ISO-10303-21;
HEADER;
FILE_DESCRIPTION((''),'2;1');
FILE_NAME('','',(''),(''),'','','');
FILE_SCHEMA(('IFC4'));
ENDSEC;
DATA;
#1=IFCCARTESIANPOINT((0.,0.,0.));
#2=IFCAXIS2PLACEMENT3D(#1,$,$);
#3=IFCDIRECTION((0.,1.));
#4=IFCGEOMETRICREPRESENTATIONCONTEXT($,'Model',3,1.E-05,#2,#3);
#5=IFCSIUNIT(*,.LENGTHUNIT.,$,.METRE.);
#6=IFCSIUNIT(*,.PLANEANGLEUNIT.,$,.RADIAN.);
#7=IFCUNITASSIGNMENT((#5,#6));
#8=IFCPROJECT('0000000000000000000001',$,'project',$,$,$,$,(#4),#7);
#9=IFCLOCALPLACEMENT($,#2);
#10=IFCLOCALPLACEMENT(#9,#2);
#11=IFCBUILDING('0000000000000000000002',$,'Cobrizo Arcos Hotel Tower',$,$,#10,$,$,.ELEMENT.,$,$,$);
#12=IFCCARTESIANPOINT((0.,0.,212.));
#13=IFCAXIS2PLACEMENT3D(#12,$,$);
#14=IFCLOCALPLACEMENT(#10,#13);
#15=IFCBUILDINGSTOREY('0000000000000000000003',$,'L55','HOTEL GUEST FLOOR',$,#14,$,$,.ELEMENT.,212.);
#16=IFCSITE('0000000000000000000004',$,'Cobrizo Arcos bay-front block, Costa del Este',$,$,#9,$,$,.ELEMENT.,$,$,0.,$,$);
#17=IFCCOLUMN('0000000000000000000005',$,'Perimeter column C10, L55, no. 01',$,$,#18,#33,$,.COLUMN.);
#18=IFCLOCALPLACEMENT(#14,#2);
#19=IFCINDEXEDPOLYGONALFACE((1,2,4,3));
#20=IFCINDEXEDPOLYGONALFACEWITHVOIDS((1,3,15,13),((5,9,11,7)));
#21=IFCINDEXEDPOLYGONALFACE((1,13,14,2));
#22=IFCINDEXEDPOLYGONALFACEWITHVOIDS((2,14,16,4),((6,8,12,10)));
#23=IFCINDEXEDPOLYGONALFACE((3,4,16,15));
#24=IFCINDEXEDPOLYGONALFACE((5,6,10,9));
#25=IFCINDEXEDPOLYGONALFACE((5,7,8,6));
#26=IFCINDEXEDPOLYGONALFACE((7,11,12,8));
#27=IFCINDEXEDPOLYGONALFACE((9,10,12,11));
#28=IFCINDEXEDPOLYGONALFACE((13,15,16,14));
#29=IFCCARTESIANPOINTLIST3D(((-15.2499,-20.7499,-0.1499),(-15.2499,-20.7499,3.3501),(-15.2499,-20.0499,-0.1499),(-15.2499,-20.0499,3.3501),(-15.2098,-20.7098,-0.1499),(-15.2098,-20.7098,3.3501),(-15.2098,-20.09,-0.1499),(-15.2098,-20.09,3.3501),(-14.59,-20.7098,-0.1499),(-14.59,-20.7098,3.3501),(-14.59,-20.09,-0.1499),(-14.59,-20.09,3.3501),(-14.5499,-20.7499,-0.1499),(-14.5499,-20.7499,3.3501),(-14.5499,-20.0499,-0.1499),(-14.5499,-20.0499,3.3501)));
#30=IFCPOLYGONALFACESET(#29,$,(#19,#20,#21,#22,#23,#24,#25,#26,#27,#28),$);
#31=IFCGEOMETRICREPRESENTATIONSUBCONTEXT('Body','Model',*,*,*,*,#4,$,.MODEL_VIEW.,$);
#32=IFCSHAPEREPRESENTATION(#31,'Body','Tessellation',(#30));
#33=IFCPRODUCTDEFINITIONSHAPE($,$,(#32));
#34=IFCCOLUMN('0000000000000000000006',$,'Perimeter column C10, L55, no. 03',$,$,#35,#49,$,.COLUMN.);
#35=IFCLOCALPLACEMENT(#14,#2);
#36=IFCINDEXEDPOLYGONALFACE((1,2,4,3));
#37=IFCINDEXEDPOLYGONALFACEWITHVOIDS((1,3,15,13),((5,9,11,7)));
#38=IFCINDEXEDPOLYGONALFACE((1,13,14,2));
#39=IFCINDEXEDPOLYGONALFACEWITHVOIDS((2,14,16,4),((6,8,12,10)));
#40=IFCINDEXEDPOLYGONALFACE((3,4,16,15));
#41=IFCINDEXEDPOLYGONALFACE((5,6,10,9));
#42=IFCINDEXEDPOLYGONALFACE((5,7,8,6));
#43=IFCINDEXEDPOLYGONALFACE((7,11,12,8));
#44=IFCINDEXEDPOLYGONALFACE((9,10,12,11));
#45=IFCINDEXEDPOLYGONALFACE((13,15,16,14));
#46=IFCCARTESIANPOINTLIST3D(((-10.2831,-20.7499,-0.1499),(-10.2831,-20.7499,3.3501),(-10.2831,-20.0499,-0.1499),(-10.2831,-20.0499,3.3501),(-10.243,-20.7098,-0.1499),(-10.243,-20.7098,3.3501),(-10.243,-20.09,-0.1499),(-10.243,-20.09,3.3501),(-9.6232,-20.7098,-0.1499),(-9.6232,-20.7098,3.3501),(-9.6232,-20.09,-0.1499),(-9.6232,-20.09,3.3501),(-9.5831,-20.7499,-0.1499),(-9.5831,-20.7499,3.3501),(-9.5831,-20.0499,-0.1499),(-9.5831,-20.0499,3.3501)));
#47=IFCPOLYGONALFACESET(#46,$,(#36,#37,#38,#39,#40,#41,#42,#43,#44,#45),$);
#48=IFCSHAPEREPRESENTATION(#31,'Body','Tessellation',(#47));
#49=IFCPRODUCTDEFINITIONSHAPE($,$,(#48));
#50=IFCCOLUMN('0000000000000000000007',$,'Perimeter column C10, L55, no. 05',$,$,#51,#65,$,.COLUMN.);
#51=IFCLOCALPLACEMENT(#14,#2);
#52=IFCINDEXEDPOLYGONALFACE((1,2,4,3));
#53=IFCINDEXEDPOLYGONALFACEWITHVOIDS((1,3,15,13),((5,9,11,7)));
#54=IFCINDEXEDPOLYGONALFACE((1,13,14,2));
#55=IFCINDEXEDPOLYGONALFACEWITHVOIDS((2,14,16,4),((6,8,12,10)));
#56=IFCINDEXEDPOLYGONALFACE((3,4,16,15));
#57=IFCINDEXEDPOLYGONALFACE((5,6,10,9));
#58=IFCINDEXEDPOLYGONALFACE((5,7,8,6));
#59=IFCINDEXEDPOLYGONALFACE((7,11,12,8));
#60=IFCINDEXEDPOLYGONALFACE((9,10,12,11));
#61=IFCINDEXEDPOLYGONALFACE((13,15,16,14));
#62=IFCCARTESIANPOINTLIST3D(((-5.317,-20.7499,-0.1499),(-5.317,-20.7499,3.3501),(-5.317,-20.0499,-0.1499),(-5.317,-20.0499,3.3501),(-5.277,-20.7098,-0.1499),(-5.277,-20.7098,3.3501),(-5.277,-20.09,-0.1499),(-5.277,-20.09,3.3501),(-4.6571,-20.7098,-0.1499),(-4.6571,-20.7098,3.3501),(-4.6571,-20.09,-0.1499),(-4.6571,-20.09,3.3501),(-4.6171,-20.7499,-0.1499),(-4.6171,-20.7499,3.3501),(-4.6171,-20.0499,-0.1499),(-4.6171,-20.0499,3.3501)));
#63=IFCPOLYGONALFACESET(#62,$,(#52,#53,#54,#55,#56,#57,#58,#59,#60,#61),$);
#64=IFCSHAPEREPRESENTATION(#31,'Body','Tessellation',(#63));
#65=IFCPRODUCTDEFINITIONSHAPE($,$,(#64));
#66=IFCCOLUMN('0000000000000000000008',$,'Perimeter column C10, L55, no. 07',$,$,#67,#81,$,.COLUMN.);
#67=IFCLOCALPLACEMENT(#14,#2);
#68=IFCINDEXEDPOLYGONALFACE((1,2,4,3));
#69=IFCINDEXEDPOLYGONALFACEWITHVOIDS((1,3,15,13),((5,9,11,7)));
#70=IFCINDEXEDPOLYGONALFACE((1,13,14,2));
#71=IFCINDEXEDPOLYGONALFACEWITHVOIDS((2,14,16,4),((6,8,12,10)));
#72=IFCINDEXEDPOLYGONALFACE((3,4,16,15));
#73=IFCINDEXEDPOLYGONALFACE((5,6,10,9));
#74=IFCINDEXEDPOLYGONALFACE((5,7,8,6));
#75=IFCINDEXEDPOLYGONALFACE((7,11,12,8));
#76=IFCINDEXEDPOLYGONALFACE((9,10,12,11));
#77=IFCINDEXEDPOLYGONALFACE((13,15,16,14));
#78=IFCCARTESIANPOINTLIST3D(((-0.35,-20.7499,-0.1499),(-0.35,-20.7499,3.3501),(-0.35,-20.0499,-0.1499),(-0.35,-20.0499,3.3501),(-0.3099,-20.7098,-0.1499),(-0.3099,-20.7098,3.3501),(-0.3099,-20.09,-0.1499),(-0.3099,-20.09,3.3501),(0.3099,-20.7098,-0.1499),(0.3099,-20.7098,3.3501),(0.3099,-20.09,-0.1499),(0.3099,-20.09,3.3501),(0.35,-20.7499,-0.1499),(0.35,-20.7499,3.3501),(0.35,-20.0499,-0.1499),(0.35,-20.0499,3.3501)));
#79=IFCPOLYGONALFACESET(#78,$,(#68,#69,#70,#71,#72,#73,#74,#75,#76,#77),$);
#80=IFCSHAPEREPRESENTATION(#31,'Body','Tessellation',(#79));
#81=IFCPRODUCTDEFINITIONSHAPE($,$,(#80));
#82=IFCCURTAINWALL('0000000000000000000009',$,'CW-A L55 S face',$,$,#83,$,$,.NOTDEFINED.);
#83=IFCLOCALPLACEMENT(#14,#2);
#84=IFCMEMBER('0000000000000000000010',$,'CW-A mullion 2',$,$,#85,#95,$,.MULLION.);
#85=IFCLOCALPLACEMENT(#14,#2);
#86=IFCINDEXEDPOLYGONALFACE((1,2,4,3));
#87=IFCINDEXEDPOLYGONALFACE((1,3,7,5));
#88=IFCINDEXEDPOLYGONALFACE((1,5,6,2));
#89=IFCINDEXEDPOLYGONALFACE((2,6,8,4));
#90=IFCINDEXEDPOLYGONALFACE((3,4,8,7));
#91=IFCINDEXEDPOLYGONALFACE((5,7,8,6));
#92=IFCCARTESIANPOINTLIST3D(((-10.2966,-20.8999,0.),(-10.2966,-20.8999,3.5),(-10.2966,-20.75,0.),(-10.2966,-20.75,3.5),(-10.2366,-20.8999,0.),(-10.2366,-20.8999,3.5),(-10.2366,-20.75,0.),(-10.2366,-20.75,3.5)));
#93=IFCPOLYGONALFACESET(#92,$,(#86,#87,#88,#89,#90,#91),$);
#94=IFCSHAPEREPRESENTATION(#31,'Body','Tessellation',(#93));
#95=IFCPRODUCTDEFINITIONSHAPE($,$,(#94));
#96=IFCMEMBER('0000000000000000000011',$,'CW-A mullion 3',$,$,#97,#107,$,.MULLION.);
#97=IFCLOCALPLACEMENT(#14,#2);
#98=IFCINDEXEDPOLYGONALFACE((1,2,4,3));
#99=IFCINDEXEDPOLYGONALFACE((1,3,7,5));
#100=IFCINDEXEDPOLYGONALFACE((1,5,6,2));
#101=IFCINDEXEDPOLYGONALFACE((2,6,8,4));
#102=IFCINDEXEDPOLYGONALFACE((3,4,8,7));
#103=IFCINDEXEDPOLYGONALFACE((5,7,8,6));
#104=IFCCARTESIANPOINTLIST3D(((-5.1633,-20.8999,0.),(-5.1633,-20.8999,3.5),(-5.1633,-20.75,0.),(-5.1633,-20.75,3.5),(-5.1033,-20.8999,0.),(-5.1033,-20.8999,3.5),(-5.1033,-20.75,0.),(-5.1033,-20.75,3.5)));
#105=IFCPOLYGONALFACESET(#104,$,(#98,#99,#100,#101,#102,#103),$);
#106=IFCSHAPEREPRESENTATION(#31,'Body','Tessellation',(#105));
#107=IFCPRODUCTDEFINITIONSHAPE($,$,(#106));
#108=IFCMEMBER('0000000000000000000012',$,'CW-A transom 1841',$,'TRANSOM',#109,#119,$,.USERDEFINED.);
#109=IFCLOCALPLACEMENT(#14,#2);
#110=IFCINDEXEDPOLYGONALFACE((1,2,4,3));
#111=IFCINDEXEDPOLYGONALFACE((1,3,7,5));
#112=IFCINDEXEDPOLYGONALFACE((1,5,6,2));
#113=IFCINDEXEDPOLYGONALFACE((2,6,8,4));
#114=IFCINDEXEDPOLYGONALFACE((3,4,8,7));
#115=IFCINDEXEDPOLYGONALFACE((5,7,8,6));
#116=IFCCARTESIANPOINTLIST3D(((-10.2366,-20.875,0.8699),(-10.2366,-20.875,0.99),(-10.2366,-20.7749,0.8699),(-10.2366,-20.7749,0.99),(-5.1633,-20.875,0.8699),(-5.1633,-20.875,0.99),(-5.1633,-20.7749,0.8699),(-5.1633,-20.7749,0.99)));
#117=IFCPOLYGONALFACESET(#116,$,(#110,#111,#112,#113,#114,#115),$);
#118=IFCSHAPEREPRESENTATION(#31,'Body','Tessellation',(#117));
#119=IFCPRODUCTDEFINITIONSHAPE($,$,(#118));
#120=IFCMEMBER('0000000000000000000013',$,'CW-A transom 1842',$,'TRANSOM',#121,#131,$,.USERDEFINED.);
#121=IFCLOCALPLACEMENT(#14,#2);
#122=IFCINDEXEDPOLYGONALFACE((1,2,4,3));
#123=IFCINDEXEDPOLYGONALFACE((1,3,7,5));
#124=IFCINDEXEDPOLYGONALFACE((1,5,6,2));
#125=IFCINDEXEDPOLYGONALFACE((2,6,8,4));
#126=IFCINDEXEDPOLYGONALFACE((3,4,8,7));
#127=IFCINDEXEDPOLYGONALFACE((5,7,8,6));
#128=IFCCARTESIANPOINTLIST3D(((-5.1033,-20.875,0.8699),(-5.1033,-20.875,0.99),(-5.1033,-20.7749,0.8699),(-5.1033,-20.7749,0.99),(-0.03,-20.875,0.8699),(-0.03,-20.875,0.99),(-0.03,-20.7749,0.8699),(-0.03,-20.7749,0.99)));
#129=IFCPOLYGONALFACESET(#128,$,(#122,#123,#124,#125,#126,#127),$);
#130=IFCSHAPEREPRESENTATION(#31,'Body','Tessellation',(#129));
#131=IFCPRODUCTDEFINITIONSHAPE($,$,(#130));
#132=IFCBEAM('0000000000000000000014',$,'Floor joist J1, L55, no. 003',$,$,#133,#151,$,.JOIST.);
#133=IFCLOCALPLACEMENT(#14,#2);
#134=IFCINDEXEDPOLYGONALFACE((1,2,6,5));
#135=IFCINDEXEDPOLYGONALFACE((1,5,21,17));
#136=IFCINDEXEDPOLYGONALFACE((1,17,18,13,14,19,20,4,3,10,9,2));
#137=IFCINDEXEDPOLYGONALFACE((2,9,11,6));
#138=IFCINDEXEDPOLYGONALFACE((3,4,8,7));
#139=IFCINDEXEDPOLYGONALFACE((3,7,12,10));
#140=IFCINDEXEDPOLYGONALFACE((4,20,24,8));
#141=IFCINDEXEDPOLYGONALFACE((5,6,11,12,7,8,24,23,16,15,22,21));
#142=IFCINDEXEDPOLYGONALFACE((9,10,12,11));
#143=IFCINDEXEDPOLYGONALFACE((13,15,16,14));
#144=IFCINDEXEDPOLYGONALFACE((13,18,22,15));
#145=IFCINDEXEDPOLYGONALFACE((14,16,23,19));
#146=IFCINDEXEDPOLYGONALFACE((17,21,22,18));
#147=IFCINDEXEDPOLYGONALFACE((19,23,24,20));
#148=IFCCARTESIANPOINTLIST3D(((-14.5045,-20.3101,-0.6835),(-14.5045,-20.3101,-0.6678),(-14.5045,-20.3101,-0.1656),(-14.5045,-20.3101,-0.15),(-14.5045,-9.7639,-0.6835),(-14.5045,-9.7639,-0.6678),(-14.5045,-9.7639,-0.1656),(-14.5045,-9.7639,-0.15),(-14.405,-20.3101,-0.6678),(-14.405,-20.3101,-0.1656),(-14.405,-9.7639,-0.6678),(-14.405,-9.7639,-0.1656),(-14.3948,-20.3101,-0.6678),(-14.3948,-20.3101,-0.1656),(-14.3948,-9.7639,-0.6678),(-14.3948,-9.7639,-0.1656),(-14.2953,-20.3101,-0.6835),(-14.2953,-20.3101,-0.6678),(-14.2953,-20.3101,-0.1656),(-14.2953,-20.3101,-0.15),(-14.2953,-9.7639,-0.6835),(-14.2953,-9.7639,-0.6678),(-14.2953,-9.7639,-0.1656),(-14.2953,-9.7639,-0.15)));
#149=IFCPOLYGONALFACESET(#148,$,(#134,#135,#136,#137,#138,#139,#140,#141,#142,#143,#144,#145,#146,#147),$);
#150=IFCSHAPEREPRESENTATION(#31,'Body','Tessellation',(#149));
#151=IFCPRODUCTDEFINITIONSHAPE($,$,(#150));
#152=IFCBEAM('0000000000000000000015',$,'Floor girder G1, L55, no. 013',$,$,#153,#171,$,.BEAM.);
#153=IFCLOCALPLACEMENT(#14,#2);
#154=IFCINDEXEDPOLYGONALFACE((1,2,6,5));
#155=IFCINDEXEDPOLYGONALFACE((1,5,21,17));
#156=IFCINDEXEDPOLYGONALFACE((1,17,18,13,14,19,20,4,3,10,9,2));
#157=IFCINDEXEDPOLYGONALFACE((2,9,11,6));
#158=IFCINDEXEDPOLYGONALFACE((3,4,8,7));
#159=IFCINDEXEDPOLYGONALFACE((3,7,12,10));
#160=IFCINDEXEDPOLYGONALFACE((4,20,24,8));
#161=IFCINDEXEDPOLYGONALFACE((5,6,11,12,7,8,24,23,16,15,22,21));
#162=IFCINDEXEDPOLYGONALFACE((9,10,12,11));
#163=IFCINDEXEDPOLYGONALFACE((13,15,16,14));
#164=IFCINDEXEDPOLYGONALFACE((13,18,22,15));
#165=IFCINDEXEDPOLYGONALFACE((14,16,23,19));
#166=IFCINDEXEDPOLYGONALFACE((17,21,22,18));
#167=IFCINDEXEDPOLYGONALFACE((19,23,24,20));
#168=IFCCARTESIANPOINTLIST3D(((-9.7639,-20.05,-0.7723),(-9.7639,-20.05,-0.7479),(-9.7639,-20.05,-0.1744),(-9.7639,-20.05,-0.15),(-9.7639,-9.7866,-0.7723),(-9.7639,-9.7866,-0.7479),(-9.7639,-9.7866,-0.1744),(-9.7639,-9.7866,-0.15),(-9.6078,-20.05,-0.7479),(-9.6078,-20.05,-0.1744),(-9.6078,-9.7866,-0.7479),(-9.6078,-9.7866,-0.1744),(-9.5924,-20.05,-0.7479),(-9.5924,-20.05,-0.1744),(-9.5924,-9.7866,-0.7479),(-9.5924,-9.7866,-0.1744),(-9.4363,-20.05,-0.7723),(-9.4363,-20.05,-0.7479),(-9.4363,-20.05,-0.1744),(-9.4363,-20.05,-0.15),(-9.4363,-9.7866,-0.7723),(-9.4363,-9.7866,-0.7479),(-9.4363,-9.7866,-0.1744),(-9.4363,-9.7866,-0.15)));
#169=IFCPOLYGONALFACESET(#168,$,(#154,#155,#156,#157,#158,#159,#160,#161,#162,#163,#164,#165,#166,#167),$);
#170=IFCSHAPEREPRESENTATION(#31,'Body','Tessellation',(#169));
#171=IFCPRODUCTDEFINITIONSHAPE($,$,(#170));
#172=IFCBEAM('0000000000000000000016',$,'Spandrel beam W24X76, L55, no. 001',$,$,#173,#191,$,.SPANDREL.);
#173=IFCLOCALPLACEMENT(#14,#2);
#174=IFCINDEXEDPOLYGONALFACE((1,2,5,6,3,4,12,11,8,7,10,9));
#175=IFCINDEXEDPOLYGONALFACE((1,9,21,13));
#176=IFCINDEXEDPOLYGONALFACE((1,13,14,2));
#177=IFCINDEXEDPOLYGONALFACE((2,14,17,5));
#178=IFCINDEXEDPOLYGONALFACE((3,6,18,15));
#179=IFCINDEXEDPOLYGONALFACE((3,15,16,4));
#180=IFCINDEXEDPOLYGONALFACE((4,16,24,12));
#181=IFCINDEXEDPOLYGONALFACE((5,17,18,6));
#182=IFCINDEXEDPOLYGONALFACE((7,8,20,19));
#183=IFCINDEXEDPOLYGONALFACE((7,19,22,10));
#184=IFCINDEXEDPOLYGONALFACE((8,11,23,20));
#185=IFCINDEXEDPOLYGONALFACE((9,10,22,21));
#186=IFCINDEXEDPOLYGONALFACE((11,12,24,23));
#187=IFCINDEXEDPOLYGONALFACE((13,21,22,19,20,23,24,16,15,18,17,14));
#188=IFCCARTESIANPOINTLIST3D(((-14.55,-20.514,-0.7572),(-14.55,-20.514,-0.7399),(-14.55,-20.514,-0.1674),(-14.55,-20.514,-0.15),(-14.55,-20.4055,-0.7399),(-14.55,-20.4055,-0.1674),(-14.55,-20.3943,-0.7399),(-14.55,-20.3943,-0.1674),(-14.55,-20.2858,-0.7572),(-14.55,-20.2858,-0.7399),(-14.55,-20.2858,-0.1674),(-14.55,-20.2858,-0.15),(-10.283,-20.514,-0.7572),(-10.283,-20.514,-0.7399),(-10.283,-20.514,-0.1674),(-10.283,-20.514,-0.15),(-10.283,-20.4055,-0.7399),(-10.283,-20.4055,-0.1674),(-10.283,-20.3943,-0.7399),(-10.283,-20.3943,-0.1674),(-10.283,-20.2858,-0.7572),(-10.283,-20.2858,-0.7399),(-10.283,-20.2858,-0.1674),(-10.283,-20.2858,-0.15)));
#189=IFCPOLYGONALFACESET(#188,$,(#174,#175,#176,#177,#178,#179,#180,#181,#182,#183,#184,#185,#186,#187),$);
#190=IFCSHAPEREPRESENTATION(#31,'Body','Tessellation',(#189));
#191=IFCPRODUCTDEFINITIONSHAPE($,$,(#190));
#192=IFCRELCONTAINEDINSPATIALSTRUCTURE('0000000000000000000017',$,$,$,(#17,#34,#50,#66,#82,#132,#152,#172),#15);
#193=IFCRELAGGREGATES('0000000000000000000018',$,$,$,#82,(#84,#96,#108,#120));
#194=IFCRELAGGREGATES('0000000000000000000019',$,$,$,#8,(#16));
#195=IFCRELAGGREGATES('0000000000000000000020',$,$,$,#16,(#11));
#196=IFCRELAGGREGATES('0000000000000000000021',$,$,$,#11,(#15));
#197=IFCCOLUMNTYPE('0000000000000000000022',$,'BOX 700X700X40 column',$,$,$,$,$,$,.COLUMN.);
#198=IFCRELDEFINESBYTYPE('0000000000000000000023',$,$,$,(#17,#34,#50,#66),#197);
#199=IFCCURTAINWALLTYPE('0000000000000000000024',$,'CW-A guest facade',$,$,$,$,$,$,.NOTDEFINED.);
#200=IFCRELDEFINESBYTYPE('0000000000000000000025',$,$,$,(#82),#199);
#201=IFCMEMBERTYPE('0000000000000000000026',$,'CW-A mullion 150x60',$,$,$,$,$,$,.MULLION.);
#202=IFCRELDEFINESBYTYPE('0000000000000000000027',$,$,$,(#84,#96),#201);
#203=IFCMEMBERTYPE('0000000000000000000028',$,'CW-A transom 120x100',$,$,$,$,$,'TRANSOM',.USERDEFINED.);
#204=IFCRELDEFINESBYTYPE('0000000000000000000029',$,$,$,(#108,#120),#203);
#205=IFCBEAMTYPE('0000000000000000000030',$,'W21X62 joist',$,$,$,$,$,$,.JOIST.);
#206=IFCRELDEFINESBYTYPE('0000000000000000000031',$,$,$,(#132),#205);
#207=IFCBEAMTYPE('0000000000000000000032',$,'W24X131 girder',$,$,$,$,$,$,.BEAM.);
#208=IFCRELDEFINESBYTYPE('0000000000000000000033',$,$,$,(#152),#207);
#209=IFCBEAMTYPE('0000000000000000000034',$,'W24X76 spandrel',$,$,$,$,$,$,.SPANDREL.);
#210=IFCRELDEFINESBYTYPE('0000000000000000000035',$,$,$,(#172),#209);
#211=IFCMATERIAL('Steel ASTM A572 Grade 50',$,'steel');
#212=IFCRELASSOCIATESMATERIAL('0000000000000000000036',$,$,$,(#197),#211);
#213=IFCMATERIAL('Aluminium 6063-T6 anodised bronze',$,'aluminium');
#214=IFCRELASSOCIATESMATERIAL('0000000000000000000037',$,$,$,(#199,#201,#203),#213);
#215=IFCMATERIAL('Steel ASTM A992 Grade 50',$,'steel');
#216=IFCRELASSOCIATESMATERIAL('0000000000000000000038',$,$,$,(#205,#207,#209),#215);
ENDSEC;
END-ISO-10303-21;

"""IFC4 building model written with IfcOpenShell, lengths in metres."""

from ifc_helpers import new_model, si_unit, direction, frame, origin, origin_2d, place, context, subcontext, project, spatial, rectangle, hollow_rectangle, i_section, extrude, material, material_profile, profile_set, type_object, element, aggregate, save


model = new_model("IFC4")

# Units and contexts
model_context = context("Model", 3, precision=1e-05, world=origin(), true_north=direction((0.0, 1.0)))
body_context = subcontext(model_context, "Body", "Model", "MODEL_VIEW")
ifc_project = project(units=[si_unit("LENGTHUNIT", "METRE"), si_unit("PLANEANGLEUNIT", "RADIAN")], contexts=[model_context])

# Site, building, storey
site_placement = place(None, origin())
site = spatial("IfcSite", under=ifc_project, at=site_placement, Name="Cobrizo Arcos bay-front block, Costa del Este", CompositionType="ELEMENT", RefElevation=0.0)
building_placement = place(site_placement, origin())
building = spatial("IfcBuilding", under=site, at=building_placement, Name="Cobrizo Arcos Hotel Tower", CompositionType="ELEMENT")
storey_placement = place(building_placement, frame((0.0, 0.0, 212.0)))
storey = spatial("IfcBuildingStorey", under=building, at=storey_placement, Name="L55", Description="HOTEL GUEST FLOOR", CompositionType="ELEMENT", Elevation=212.0)

# Columns
ifc_material_1 = material(Name="Steel ASTM A572 Grade 50", Category="steel")
ifc_material_profile_1 = material_profile(ifc_material_1, hollow_rectangle(XDim=0.7, YDim=0.7, WallThickness=0.04, at=origin_2d()), Name="BOX 700X700X40")
ifc_profile_set_1 = profile_set([ifc_material_profile_1], Name="Steel ASTM A572 Grade 50")
column_type = type_object("IfcColumnType", Name="BOX 700X700X40 column", PredefinedType="COLUMN", material=ifc_profile_set_1)
for number, where, z_axis, x_axis, name in (
    (1, (-14.8999, -20.3999, -0.1499), (0.0, 0.0, 1.0), (1.0, 0.0, 0.0), "Perimeter column C10, L55, no. 01"),
    (2, (-9.9331, -20.3999, -0.1499), (0.0, 0.0, 1.0), (1.0, 0.0, 0.0), "Perimeter column C10, L55, no. 03"),
    (3, (-4.967, -20.3999, -0.1499), (0.0, 0.0, 1.0), (1.0, 0.0, 0.0), "Perimeter column C10, L55, no. 05"),
    (4, (0.0, -20.3999, -0.1499), (0.0, 0.0, 1.0), (1.0, 0.0, 0.0), "Perimeter column C10, L55, no. 07"),
):
    element("IfcColumn", number, at=place(storey_placement, frame(where, z_axis=z_axis, x_axis=x_axis)), inside=storey, type_object=column_type, Name=name, PredefinedType="COLUMN", context=body_context, shape_type="SweptSolid", body=[
        extrude(hollow_rectangle(XDim=0.7, YDim=0.7, WallThickness=0.04, at=origin_2d()), origin(), (0.0, 0.0, 1.0), 3.5),
    ])

# Curtain wall, members
ifc_material_2 = material(Name="Aluminium 6063-T6 anodised bronze", Category="aluminium")
curtain_wall_type = type_object("IfcCurtainWallType", Name="CW-A guest facade", PredefinedType="NOTDEFINED", material=ifc_material_2)
curtain_wall_placement = place(storey_placement, origin())
curtain_wall = element("IfcCurtainWall", 5, at=curtain_wall_placement, inside=storey, type_object=curtain_wall_type, Name="CW-A L55 S face", PredefinedType="NOTDEFINED")
ifc_material_profile_2 = material_profile(ifc_material_2, rectangle(XDim=0.1499, YDim=0.0601, at=origin_2d()), Name="CW-A mullion 150x60")
ifc_profile_set_2 = profile_set([ifc_material_profile_2], Name="Aluminium 6063-T6 anodised bronze")
member_type_1 = type_object("IfcMemberType", Name="CW-A mullion 150x60", PredefinedType="MULLION", material=ifc_profile_set_2)
member_1_placement = place(storey_placement, frame((-10.2666, -20.825, 0.0), z_axis=(0.0, 0.0, 1.0), x_axis=(0.0, -1.0, 0.0)))
member_1 = element("IfcMember", 6, at=member_1_placement, type_object=member_type_1, Name="CW-A mullion 2", PredefinedType="MULLION", context=body_context, shape_type="SweptSolid", body=[
    extrude(rectangle(XDim=0.1499, YDim=0.0601, at=origin_2d()), origin(), (0.0, 0.0, 1.0), 3.5),
])
member_2_placement = place(storey_placement, frame((-5.1333, -20.825, 0.0), z_axis=(0.0, 0.0, 1.0), x_axis=(0.0, -1.0, 0.0)))
member_2 = element("IfcMember", 7, at=member_2_placement, type_object=member_type_1, Name="CW-A mullion 3", PredefinedType="MULLION", context=body_context, shape_type="SweptSolid", body=[
    extrude(rectangle(XDim=0.1499, YDim=0.0601, at=origin_2d()), origin(), (0.0, 0.0, 1.0), 3.5),
])
ifc_material_profile_3 = material_profile(ifc_material_2, rectangle(XDim=0.1001, YDim=0.1201, at=origin_2d()), Name="CW-A transom 120x100")
ifc_profile_set_3 = profile_set([ifc_material_profile_3], Name="Aluminium 6063-T6 anodised bronze")
member_type_2 = type_object("IfcMemberType", Name="CW-A transom 120x100", ElementType="TRANSOM", PredefinedType="USERDEFINED", material=ifc_profile_set_3)
member_3_placement = place(storey_placement, frame((-10.2366, -20.825, 0.9299), z_axis=(1.0, 0.0, 0.0), x_axis=(0.0, 1.0, 0.0)))
member_3 = element("IfcMember", 8, at=member_3_placement, type_object=member_type_2, Name="CW-A transom 1841", ObjectType="TRANSOM", PredefinedType="USERDEFINED", context=body_context, shape_type="SweptSolid", body=[
    extrude(rectangle(XDim=0.1001, YDim=0.1201, at=origin_2d()), origin(), (0.0, 0.0, 1.0), 5.0732),
])
member_4_placement = place(storey_placement, frame((-5.1033, -20.825, 0.9299), z_axis=(1.0, 0.0, 0.0), x_axis=(0.0, 1.0, 0.0)))
member_4 = element("IfcMember", 9, at=member_4_placement, type_object=member_type_2, Name="CW-A transom 1842", ObjectType="TRANSOM", PredefinedType="USERDEFINED", context=body_context, shape_type="SweptSolid", body=[
    extrude(rectangle(XDim=0.1001, YDim=0.1201, at=origin_2d()), origin(), (0.0, 0.0, 1.0), 5.0732),
])

# Beams
ifc_material_3 = material(Name="Steel ASTM A992 Grade 50", Category="steel")
ifc_material_profile_4 = material_profile(ifc_material_3, i_section(OverallWidth=0.2092, OverallDepth=0.5334, WebThickness=0.0103, FlangeThickness=0.0156, at=origin_2d()), Name="W21X62")
ifc_profile_set_4 = profile_set([ifc_material_profile_4], Name="Steel ASTM A992 Grade 50")
beam_type_1 = type_object("IfcBeamType", Name="W21X62 joist", PredefinedType="JOIST", material=ifc_profile_set_4)
beam_1_placement = place(storey_placement, frame((-14.3999, -20.3101, -0.4167), z_axis=(0.0, 1.0, 0.0), x_axis=(-1.0, 0.0, 0.0)))
element("IfcBeam", 10, at=beam_1_placement, inside=storey, type_object=beam_type_1, Name="Floor joist J1, L55, no. 003", PredefinedType="JOIST", context=body_context, shape_type="SweptSolid", body=[
    extrude(i_section(OverallWidth=0.2092, OverallDepth=0.5334, WebThickness=0.0103, FlangeThickness=0.0156, at=origin_2d()), origin(), (0.0, 0.0, 1.0), 10.5461),
])
ifc_material_profile_5 = material_profile(ifc_material_3, i_section(OverallWidth=0.3276, OverallDepth=0.6223, WebThickness=0.0154, FlangeThickness=0.0244, at=origin_2d()), Name="W24X131")
ifc_profile_set_5 = profile_set([ifc_material_profile_5], Name="Steel ASTM A992 Grade 50")
beam_type_2 = type_object("IfcBeamType", Name="W24X131 girder", PredefinedType="BEAM", material=ifc_profile_set_5)
beam_2_placement = place(storey_placement, frame((-9.6001, -20.05, -0.4612), z_axis=(0.0, 1.0, 0.0), x_axis=(-1.0, 0.0, 0.0)))
element("IfcBeam", 11, at=beam_2_placement, inside=storey, type_object=beam_type_2, Name="Floor girder G1, L55, no. 013", PredefinedType="BEAM", context=body_context, shape_type="SweptSolid", body=[
    extrude(i_section(OverallWidth=0.3276, OverallDepth=0.6223, WebThickness=0.0154, FlangeThickness=0.0244, at=origin_2d()), origin(), (0.0, 0.0, 1.0), 10.2634),
])
ifc_material_profile_6 = material_profile(ifc_material_3, i_section(OverallWidth=0.2283, OverallDepth=0.6072, WebThickness=0.0112, FlangeThickness=0.0173, at=origin_2d()), Name="W24X76")
ifc_profile_set_6 = profile_set([ifc_material_profile_6], Name="Steel ASTM A992 Grade 50")
beam_type_3 = type_object("IfcBeamType", Name="W24X76 spandrel", PredefinedType="SPANDREL", material=ifc_profile_set_6)
beam_3_placement = place(storey_placement, frame((-14.55, -20.3999, -0.4536), z_axis=(1.0, 0.0, 0.0), x_axis=(0.0, 1.0, 0.0)))
element("IfcBeam", 12, at=beam_3_placement, inside=storey, type_object=beam_type_3, Name="Spandrel beam W24X76, L55, no. 001", PredefinedType="SPANDREL", context=body_context, shape_type="SweptSolid", body=[
    extrude(i_section(OverallWidth=0.2283, OverallDepth=0.6072, WebThickness=0.0112, FlangeThickness=0.0173, at=origin_2d()), origin(), (0.0, 0.0, 1.0), 4.2671),
])

aggregate(curtain_wall, [member_1, member_2, member_3, member_4])

save(model, "model.ifc")
